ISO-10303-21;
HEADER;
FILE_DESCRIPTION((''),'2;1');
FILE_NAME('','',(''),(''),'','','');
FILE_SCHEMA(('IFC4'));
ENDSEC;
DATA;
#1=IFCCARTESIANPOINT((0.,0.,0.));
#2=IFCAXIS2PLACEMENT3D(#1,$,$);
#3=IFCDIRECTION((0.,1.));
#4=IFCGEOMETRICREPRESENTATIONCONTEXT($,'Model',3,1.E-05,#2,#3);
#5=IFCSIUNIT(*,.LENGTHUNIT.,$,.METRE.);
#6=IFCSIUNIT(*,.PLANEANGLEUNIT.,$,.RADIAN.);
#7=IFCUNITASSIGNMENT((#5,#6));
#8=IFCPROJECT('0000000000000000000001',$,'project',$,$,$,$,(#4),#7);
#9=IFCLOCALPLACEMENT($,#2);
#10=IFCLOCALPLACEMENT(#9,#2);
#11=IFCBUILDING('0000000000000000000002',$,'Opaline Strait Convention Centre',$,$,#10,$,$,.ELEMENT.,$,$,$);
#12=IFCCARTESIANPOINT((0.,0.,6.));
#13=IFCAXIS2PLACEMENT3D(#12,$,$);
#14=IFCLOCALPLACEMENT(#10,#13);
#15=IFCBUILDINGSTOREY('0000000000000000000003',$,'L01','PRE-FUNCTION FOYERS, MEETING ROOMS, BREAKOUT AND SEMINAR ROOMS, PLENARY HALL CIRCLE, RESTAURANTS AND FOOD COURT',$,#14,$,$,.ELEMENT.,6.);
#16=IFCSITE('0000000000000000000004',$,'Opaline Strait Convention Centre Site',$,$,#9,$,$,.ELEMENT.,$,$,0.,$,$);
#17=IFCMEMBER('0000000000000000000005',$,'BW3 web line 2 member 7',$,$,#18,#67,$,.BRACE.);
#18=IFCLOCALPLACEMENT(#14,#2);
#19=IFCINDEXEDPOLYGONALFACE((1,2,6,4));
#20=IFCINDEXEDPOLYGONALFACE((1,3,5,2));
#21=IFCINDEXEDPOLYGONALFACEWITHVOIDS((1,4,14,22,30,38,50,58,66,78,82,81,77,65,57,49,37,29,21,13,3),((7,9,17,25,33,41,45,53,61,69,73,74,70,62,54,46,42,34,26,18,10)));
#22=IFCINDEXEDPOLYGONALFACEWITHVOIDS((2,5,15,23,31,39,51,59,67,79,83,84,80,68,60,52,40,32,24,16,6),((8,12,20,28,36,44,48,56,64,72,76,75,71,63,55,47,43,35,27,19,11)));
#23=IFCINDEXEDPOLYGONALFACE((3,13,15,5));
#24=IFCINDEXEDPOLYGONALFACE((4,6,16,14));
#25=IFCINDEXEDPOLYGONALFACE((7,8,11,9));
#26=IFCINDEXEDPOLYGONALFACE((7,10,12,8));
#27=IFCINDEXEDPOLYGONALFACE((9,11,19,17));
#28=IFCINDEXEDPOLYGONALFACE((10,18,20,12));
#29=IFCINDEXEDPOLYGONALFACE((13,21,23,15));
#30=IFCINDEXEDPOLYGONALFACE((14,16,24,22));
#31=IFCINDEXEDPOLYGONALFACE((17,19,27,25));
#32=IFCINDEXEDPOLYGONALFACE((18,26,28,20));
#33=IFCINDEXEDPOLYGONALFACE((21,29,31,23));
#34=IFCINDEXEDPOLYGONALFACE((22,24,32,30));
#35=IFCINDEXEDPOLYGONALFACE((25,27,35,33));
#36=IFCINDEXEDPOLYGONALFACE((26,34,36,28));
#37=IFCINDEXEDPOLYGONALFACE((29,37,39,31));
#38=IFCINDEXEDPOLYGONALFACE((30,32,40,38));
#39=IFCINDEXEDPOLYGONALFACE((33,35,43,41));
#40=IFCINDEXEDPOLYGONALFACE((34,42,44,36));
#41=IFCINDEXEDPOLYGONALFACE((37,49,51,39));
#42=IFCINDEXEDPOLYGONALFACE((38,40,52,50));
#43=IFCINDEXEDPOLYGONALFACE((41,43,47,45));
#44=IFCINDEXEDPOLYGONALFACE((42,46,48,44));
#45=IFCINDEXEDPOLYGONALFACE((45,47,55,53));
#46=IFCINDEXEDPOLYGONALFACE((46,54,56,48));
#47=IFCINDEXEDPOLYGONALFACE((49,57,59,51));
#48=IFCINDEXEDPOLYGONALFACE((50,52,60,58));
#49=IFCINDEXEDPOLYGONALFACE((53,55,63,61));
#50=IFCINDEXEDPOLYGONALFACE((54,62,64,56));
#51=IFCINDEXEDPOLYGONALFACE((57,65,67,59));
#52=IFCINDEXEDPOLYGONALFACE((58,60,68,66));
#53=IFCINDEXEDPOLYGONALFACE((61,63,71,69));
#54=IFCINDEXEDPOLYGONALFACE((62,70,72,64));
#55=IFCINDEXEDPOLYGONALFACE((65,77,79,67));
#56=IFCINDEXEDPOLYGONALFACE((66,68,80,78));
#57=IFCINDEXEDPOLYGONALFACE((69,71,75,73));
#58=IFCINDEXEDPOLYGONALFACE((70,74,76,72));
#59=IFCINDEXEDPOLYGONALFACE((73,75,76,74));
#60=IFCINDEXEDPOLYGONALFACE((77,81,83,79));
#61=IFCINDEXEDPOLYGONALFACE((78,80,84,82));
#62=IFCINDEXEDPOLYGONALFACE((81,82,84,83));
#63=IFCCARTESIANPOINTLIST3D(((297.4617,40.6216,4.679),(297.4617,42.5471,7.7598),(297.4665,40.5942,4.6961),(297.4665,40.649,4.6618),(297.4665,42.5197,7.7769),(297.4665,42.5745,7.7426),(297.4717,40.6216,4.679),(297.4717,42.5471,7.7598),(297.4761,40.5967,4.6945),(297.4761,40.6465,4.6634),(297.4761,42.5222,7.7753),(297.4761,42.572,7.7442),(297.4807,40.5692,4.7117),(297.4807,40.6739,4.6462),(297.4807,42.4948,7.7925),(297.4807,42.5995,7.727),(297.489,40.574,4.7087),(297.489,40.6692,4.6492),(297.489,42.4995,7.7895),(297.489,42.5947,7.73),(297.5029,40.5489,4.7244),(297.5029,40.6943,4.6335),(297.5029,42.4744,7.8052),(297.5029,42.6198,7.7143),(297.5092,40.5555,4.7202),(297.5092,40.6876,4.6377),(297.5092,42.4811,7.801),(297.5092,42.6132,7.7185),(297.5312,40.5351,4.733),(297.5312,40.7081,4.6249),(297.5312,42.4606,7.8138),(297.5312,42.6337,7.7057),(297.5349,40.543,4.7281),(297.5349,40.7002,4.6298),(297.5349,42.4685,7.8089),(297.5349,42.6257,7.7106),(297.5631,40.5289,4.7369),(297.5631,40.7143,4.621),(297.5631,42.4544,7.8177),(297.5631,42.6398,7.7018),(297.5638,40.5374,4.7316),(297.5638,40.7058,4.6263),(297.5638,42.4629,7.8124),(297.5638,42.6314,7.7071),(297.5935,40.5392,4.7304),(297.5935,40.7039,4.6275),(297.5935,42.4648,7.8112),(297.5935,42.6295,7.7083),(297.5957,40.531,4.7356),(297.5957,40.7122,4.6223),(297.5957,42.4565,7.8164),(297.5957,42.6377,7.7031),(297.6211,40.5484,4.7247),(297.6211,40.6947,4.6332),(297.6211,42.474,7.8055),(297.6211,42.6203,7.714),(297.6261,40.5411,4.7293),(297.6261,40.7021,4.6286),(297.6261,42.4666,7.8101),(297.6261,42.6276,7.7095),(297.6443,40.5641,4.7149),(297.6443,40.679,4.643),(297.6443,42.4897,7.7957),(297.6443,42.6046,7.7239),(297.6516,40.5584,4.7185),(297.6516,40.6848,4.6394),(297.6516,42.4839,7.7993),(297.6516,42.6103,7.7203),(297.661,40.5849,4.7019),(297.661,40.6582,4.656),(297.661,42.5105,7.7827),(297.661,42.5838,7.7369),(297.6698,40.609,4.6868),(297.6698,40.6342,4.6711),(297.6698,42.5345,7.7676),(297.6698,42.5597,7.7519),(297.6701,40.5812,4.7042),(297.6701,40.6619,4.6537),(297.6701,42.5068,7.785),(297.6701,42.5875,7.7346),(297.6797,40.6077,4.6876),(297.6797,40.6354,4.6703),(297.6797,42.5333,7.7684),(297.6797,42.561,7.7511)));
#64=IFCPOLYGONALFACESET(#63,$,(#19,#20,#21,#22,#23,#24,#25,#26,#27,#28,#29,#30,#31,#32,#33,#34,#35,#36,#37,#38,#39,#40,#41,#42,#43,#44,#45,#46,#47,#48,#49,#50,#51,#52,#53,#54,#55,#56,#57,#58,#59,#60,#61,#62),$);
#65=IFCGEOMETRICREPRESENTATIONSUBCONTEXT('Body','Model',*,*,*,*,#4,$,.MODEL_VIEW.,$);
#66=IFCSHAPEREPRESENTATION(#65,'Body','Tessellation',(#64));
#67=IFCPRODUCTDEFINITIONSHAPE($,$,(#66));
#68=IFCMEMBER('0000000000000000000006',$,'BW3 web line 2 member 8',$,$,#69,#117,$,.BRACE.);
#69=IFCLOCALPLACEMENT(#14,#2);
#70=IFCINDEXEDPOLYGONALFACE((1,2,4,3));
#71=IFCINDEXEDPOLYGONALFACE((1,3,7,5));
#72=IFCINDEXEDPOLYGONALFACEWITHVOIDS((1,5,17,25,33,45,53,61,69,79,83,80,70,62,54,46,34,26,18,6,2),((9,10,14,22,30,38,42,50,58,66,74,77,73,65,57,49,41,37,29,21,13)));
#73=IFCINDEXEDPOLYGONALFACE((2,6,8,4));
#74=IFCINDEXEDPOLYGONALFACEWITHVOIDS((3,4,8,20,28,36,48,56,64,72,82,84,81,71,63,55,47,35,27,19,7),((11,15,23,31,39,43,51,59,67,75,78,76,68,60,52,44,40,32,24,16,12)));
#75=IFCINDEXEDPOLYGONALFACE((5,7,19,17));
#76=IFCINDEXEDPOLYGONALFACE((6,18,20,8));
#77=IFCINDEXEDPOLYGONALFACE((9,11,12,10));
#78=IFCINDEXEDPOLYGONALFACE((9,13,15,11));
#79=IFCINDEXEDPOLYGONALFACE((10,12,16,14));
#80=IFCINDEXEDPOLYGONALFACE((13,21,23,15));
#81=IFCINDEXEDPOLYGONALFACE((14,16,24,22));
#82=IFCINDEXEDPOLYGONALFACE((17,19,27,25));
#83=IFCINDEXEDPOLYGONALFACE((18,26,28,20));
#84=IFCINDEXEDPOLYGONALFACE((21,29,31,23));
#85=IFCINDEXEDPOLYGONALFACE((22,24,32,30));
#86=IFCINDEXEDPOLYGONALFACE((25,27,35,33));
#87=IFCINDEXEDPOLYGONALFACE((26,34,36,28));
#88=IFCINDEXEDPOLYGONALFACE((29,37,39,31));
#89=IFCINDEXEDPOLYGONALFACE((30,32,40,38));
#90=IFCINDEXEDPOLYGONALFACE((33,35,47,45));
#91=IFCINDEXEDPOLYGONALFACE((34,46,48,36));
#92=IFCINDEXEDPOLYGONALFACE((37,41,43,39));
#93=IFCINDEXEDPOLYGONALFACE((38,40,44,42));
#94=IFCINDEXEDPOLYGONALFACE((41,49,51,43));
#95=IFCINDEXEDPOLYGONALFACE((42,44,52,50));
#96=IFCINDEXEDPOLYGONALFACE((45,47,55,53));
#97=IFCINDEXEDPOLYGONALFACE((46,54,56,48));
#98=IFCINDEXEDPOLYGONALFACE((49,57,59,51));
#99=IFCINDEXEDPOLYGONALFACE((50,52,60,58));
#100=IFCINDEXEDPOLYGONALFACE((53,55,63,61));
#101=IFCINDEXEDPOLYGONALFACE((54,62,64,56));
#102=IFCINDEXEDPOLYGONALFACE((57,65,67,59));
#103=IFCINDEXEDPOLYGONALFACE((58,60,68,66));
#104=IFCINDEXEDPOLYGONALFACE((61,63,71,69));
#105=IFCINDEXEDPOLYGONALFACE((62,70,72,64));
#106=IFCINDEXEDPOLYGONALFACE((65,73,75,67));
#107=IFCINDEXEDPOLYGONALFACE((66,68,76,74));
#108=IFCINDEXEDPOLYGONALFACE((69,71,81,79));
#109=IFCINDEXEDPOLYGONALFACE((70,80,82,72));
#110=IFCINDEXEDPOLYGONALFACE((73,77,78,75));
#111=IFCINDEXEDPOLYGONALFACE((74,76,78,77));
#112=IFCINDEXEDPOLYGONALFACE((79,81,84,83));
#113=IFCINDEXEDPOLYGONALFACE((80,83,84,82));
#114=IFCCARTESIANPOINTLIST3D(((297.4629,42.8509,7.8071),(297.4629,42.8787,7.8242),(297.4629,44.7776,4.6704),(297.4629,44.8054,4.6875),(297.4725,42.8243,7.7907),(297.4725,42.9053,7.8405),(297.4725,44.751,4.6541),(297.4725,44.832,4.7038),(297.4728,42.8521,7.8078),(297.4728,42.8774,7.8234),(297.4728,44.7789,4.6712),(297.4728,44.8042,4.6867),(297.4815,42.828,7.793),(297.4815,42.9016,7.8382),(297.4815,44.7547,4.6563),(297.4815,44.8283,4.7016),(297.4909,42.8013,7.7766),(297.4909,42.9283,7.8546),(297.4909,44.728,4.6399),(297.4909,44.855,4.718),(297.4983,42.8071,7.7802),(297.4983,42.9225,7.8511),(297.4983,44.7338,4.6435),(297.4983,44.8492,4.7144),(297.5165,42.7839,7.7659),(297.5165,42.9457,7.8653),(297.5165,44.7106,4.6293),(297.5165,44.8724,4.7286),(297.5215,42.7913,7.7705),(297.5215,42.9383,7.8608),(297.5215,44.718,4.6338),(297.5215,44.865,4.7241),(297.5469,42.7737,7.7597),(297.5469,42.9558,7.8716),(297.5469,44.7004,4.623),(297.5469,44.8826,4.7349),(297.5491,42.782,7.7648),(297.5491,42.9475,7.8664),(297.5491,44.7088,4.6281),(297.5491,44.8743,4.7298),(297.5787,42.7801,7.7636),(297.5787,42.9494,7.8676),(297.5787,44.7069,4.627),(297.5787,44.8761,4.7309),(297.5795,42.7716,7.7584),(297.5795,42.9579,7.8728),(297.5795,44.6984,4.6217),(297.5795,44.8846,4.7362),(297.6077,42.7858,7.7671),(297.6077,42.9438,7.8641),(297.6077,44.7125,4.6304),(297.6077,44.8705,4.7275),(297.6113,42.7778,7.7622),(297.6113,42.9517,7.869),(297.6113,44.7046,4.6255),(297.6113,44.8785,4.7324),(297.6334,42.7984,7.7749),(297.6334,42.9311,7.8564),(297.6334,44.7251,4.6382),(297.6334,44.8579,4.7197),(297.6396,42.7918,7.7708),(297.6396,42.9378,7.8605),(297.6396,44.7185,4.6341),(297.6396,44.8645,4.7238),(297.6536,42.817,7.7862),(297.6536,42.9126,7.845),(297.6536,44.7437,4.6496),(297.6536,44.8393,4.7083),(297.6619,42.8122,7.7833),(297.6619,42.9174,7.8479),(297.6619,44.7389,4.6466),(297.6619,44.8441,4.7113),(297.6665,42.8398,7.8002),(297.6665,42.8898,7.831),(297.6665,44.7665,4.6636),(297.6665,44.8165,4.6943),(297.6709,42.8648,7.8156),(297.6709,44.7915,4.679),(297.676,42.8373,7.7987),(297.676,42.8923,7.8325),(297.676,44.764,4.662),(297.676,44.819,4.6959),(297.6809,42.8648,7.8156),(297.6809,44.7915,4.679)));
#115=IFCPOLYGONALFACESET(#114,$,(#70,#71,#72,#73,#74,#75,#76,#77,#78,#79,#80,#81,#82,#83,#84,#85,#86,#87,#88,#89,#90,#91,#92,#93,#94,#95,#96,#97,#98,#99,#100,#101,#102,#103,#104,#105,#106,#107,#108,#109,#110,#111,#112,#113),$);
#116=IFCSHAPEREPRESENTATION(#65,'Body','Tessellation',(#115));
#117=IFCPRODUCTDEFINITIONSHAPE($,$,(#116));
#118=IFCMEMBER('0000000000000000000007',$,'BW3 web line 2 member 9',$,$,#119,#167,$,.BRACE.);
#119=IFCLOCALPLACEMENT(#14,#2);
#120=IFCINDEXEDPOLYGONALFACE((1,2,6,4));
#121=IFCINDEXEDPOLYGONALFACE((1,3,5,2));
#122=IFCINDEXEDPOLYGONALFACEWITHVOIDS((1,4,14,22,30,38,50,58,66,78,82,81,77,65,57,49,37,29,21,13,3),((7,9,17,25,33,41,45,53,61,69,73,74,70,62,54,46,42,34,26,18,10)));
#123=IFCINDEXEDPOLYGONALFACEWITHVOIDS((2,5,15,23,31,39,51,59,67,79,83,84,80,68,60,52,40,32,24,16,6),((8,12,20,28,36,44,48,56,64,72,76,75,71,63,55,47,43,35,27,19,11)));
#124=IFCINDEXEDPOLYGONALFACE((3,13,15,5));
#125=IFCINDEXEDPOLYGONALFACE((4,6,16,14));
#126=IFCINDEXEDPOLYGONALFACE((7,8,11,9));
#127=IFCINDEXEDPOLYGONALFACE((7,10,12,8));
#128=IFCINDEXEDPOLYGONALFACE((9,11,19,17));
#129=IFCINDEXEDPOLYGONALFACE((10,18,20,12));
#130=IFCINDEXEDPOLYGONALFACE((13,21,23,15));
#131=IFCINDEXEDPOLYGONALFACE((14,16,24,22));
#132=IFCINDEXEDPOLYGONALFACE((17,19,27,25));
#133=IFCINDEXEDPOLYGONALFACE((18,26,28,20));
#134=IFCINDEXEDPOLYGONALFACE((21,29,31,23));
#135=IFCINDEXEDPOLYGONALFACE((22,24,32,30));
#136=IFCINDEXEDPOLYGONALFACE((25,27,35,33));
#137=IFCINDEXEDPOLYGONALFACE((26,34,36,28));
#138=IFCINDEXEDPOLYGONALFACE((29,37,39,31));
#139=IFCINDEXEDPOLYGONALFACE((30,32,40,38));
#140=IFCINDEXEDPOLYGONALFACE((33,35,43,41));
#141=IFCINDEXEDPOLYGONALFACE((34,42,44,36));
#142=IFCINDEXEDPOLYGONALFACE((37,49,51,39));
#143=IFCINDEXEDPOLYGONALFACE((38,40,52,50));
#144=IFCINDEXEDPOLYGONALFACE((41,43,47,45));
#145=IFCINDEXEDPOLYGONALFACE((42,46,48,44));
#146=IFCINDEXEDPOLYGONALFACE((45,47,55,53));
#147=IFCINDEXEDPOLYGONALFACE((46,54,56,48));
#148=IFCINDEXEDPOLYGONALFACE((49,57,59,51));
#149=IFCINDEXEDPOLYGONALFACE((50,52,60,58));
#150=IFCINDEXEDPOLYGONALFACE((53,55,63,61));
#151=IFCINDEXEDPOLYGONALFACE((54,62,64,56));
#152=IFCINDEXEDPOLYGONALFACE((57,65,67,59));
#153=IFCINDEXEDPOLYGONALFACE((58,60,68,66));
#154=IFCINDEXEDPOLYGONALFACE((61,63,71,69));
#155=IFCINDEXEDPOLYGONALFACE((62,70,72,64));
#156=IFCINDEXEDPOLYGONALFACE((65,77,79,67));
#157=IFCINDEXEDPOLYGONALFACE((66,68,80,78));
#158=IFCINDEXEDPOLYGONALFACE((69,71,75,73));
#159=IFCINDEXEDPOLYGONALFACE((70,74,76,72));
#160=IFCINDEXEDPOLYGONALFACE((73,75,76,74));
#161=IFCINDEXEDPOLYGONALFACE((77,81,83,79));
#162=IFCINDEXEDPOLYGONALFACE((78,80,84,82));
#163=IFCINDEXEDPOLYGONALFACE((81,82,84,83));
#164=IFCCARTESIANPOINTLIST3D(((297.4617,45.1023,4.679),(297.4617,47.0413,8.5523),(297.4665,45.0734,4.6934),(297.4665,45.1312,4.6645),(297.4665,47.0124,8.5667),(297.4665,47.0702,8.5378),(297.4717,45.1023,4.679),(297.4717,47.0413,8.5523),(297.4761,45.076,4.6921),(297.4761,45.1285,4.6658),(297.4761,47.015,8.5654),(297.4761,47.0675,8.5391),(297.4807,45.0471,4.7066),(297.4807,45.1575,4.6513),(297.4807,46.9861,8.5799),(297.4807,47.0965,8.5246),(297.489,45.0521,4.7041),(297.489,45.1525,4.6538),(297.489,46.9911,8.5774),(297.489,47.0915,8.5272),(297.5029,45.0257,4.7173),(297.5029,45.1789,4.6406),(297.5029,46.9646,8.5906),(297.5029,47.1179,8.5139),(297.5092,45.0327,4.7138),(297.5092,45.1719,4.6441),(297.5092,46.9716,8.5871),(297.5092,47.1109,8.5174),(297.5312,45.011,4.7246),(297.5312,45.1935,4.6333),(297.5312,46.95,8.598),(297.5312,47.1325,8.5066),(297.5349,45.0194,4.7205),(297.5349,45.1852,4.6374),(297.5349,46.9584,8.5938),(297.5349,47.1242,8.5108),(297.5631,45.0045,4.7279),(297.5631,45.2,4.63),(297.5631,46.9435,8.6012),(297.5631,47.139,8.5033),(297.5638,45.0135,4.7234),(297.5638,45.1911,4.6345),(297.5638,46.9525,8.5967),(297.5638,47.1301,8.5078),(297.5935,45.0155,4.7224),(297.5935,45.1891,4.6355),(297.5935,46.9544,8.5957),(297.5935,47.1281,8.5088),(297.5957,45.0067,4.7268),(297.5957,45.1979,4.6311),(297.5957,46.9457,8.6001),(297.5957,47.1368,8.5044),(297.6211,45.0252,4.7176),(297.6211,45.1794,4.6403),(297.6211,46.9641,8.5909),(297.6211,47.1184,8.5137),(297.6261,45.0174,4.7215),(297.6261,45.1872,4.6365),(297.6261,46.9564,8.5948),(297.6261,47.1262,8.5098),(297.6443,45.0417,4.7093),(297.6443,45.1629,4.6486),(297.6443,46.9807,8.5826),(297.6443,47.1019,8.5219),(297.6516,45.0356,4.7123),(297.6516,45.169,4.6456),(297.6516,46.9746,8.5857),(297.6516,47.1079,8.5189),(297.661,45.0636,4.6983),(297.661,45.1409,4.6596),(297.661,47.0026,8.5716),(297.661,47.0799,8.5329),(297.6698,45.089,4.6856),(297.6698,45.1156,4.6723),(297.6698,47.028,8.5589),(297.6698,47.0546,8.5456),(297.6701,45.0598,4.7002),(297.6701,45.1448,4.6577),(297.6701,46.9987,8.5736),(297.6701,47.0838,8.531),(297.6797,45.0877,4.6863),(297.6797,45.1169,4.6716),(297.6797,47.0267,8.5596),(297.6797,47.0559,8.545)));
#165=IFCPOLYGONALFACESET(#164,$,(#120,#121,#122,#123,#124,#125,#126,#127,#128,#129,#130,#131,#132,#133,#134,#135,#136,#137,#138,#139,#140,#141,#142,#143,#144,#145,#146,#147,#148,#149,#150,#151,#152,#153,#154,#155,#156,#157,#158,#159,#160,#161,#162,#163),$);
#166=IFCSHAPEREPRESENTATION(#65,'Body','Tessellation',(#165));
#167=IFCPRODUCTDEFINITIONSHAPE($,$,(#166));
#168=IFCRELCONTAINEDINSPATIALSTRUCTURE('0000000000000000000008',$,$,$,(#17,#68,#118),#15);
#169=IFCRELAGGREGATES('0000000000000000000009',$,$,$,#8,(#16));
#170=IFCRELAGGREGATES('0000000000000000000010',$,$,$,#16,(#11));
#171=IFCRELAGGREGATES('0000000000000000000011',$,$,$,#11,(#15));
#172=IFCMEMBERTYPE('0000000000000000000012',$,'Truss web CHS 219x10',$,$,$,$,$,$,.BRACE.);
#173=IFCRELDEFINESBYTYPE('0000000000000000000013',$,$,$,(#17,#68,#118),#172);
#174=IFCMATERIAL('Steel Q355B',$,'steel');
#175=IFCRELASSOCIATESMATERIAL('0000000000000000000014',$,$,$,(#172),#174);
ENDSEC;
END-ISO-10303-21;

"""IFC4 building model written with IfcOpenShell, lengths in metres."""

from ifc_helpers import new_model, si_unit, direction, frame, origin, origin_2d, place, context, subcontext, project, spatial, hollow_circle, extrude, material, material_profile, profile_set, type_object, element, save


model = new_model("IFC4")

# Units and contexts
model_context = context("Model", 3, precision=1e-05, world=origin(), true_north=direction((0.0, 1.0)))
body_context = subcontext(model_context, "Body", "Model", "MODEL_VIEW")
ifc_project = project(units=[si_unit("LENGTHUNIT", "METRE"), si_unit("PLANEANGLEUNIT", "RADIAN")], contexts=[model_context])

# Site, building, storey
site_placement = place(None, origin())
site = spatial("IfcSite", under=ifc_project, at=site_placement, Name="Opaline Strait Convention Centre Site", CompositionType="ELEMENT", RefElevation=0.0)
building_placement = place(site_placement, origin())
building = spatial("IfcBuilding", under=site, at=building_placement, Name="Opaline Strait Convention Centre", CompositionType="ELEMENT")
storey_placement = place(building_placement, frame((0.0, 0.0, 6.0)))
storey = spatial("IfcBuildingStorey", under=building, at=storey_placement, Name="L01", Description="PRE-FUNCTION FOYERS, MEETING ROOMS, BREAKOUT AND SEMINAR ROOMS, PLENARY HALL CIRCLE, RESTAURANTS AND FOOD COURT", CompositionType="ELEMENT", Elevation=6.0)

# Members
ifc_material_1 = material(Name="Steel Q355B", Category="steel")
ifc_material_profile_1 = material_profile(ifc_material_1, hollow_circle(Radius=0.1096, WallThickness=0.01, at=origin_2d()), Name="CHS 219x10")
ifc_profile_set_1 = profile_set([ifc_material_profile_1], Name="Steel Q355B")
member_type_1 = type_object("IfcMemberType", Name="Truss web CHS 219x10", PredefinedType="BRACE", material=ifc_profile_set_1)
member_1_placement = place(storey_placement, frame((297.5713, 40.6216, 4.679), z_axis=(0.0, 0.530005, 0.847995), x_axis=(-1.0, 0.0, 0.0)))
element("IfcMember", 1, at=member_1_placement, inside=storey, type_object=member_type_1, Name="BW3 web line 2 member 7", PredefinedType="BRACE", context=body_context, shape_type="SweptSolid", body=[
    extrude(hollow_circle(Radius=0.1096, WallThickness=0.01, at=origin_2d()), origin(), (0.0, 0.0, 1.0), 3.6331),
])
member_2_placement = place(storey_placement, frame((297.5713, 44.7915, 4.679), z_axis=(0.0, -0.523402, 0.852086), x_axis=(1.0, 0.0, 0.0)))
element("IfcMember", 2, at=member_2_placement, inside=storey, type_object=member_type_1, Name="BW3 web line 2 member 8", PredefinedType="BRACE", context=body_context, shape_type="SweptSolid", body=[
    extrude(hollow_circle(Radius=0.1096, WallThickness=0.01, at=origin_2d()), origin(), (0.0, 0.0, 1.0), 3.6812),
])
member_3_placement = place(storey_placement, frame((297.5713, 45.1023, 4.679), z_axis=(0.0, 0.447642, 0.894213), x_axis=(-1.0, 0.0, 0.0)))
element("IfcMember", 3, at=member_3_placement, inside=storey, type_object=member_type_1, Name="BW3 web line 2 member 9", PredefinedType="BRACE", context=body_context, shape_type="SweptSolid", body=[
    extrude(hollow_circle(Radius=0.1096, WallThickness=0.01, at=origin_2d()), origin(), (0.0, 0.0, 1.0), 4.3315),
])

save(model, "model.ifc")
